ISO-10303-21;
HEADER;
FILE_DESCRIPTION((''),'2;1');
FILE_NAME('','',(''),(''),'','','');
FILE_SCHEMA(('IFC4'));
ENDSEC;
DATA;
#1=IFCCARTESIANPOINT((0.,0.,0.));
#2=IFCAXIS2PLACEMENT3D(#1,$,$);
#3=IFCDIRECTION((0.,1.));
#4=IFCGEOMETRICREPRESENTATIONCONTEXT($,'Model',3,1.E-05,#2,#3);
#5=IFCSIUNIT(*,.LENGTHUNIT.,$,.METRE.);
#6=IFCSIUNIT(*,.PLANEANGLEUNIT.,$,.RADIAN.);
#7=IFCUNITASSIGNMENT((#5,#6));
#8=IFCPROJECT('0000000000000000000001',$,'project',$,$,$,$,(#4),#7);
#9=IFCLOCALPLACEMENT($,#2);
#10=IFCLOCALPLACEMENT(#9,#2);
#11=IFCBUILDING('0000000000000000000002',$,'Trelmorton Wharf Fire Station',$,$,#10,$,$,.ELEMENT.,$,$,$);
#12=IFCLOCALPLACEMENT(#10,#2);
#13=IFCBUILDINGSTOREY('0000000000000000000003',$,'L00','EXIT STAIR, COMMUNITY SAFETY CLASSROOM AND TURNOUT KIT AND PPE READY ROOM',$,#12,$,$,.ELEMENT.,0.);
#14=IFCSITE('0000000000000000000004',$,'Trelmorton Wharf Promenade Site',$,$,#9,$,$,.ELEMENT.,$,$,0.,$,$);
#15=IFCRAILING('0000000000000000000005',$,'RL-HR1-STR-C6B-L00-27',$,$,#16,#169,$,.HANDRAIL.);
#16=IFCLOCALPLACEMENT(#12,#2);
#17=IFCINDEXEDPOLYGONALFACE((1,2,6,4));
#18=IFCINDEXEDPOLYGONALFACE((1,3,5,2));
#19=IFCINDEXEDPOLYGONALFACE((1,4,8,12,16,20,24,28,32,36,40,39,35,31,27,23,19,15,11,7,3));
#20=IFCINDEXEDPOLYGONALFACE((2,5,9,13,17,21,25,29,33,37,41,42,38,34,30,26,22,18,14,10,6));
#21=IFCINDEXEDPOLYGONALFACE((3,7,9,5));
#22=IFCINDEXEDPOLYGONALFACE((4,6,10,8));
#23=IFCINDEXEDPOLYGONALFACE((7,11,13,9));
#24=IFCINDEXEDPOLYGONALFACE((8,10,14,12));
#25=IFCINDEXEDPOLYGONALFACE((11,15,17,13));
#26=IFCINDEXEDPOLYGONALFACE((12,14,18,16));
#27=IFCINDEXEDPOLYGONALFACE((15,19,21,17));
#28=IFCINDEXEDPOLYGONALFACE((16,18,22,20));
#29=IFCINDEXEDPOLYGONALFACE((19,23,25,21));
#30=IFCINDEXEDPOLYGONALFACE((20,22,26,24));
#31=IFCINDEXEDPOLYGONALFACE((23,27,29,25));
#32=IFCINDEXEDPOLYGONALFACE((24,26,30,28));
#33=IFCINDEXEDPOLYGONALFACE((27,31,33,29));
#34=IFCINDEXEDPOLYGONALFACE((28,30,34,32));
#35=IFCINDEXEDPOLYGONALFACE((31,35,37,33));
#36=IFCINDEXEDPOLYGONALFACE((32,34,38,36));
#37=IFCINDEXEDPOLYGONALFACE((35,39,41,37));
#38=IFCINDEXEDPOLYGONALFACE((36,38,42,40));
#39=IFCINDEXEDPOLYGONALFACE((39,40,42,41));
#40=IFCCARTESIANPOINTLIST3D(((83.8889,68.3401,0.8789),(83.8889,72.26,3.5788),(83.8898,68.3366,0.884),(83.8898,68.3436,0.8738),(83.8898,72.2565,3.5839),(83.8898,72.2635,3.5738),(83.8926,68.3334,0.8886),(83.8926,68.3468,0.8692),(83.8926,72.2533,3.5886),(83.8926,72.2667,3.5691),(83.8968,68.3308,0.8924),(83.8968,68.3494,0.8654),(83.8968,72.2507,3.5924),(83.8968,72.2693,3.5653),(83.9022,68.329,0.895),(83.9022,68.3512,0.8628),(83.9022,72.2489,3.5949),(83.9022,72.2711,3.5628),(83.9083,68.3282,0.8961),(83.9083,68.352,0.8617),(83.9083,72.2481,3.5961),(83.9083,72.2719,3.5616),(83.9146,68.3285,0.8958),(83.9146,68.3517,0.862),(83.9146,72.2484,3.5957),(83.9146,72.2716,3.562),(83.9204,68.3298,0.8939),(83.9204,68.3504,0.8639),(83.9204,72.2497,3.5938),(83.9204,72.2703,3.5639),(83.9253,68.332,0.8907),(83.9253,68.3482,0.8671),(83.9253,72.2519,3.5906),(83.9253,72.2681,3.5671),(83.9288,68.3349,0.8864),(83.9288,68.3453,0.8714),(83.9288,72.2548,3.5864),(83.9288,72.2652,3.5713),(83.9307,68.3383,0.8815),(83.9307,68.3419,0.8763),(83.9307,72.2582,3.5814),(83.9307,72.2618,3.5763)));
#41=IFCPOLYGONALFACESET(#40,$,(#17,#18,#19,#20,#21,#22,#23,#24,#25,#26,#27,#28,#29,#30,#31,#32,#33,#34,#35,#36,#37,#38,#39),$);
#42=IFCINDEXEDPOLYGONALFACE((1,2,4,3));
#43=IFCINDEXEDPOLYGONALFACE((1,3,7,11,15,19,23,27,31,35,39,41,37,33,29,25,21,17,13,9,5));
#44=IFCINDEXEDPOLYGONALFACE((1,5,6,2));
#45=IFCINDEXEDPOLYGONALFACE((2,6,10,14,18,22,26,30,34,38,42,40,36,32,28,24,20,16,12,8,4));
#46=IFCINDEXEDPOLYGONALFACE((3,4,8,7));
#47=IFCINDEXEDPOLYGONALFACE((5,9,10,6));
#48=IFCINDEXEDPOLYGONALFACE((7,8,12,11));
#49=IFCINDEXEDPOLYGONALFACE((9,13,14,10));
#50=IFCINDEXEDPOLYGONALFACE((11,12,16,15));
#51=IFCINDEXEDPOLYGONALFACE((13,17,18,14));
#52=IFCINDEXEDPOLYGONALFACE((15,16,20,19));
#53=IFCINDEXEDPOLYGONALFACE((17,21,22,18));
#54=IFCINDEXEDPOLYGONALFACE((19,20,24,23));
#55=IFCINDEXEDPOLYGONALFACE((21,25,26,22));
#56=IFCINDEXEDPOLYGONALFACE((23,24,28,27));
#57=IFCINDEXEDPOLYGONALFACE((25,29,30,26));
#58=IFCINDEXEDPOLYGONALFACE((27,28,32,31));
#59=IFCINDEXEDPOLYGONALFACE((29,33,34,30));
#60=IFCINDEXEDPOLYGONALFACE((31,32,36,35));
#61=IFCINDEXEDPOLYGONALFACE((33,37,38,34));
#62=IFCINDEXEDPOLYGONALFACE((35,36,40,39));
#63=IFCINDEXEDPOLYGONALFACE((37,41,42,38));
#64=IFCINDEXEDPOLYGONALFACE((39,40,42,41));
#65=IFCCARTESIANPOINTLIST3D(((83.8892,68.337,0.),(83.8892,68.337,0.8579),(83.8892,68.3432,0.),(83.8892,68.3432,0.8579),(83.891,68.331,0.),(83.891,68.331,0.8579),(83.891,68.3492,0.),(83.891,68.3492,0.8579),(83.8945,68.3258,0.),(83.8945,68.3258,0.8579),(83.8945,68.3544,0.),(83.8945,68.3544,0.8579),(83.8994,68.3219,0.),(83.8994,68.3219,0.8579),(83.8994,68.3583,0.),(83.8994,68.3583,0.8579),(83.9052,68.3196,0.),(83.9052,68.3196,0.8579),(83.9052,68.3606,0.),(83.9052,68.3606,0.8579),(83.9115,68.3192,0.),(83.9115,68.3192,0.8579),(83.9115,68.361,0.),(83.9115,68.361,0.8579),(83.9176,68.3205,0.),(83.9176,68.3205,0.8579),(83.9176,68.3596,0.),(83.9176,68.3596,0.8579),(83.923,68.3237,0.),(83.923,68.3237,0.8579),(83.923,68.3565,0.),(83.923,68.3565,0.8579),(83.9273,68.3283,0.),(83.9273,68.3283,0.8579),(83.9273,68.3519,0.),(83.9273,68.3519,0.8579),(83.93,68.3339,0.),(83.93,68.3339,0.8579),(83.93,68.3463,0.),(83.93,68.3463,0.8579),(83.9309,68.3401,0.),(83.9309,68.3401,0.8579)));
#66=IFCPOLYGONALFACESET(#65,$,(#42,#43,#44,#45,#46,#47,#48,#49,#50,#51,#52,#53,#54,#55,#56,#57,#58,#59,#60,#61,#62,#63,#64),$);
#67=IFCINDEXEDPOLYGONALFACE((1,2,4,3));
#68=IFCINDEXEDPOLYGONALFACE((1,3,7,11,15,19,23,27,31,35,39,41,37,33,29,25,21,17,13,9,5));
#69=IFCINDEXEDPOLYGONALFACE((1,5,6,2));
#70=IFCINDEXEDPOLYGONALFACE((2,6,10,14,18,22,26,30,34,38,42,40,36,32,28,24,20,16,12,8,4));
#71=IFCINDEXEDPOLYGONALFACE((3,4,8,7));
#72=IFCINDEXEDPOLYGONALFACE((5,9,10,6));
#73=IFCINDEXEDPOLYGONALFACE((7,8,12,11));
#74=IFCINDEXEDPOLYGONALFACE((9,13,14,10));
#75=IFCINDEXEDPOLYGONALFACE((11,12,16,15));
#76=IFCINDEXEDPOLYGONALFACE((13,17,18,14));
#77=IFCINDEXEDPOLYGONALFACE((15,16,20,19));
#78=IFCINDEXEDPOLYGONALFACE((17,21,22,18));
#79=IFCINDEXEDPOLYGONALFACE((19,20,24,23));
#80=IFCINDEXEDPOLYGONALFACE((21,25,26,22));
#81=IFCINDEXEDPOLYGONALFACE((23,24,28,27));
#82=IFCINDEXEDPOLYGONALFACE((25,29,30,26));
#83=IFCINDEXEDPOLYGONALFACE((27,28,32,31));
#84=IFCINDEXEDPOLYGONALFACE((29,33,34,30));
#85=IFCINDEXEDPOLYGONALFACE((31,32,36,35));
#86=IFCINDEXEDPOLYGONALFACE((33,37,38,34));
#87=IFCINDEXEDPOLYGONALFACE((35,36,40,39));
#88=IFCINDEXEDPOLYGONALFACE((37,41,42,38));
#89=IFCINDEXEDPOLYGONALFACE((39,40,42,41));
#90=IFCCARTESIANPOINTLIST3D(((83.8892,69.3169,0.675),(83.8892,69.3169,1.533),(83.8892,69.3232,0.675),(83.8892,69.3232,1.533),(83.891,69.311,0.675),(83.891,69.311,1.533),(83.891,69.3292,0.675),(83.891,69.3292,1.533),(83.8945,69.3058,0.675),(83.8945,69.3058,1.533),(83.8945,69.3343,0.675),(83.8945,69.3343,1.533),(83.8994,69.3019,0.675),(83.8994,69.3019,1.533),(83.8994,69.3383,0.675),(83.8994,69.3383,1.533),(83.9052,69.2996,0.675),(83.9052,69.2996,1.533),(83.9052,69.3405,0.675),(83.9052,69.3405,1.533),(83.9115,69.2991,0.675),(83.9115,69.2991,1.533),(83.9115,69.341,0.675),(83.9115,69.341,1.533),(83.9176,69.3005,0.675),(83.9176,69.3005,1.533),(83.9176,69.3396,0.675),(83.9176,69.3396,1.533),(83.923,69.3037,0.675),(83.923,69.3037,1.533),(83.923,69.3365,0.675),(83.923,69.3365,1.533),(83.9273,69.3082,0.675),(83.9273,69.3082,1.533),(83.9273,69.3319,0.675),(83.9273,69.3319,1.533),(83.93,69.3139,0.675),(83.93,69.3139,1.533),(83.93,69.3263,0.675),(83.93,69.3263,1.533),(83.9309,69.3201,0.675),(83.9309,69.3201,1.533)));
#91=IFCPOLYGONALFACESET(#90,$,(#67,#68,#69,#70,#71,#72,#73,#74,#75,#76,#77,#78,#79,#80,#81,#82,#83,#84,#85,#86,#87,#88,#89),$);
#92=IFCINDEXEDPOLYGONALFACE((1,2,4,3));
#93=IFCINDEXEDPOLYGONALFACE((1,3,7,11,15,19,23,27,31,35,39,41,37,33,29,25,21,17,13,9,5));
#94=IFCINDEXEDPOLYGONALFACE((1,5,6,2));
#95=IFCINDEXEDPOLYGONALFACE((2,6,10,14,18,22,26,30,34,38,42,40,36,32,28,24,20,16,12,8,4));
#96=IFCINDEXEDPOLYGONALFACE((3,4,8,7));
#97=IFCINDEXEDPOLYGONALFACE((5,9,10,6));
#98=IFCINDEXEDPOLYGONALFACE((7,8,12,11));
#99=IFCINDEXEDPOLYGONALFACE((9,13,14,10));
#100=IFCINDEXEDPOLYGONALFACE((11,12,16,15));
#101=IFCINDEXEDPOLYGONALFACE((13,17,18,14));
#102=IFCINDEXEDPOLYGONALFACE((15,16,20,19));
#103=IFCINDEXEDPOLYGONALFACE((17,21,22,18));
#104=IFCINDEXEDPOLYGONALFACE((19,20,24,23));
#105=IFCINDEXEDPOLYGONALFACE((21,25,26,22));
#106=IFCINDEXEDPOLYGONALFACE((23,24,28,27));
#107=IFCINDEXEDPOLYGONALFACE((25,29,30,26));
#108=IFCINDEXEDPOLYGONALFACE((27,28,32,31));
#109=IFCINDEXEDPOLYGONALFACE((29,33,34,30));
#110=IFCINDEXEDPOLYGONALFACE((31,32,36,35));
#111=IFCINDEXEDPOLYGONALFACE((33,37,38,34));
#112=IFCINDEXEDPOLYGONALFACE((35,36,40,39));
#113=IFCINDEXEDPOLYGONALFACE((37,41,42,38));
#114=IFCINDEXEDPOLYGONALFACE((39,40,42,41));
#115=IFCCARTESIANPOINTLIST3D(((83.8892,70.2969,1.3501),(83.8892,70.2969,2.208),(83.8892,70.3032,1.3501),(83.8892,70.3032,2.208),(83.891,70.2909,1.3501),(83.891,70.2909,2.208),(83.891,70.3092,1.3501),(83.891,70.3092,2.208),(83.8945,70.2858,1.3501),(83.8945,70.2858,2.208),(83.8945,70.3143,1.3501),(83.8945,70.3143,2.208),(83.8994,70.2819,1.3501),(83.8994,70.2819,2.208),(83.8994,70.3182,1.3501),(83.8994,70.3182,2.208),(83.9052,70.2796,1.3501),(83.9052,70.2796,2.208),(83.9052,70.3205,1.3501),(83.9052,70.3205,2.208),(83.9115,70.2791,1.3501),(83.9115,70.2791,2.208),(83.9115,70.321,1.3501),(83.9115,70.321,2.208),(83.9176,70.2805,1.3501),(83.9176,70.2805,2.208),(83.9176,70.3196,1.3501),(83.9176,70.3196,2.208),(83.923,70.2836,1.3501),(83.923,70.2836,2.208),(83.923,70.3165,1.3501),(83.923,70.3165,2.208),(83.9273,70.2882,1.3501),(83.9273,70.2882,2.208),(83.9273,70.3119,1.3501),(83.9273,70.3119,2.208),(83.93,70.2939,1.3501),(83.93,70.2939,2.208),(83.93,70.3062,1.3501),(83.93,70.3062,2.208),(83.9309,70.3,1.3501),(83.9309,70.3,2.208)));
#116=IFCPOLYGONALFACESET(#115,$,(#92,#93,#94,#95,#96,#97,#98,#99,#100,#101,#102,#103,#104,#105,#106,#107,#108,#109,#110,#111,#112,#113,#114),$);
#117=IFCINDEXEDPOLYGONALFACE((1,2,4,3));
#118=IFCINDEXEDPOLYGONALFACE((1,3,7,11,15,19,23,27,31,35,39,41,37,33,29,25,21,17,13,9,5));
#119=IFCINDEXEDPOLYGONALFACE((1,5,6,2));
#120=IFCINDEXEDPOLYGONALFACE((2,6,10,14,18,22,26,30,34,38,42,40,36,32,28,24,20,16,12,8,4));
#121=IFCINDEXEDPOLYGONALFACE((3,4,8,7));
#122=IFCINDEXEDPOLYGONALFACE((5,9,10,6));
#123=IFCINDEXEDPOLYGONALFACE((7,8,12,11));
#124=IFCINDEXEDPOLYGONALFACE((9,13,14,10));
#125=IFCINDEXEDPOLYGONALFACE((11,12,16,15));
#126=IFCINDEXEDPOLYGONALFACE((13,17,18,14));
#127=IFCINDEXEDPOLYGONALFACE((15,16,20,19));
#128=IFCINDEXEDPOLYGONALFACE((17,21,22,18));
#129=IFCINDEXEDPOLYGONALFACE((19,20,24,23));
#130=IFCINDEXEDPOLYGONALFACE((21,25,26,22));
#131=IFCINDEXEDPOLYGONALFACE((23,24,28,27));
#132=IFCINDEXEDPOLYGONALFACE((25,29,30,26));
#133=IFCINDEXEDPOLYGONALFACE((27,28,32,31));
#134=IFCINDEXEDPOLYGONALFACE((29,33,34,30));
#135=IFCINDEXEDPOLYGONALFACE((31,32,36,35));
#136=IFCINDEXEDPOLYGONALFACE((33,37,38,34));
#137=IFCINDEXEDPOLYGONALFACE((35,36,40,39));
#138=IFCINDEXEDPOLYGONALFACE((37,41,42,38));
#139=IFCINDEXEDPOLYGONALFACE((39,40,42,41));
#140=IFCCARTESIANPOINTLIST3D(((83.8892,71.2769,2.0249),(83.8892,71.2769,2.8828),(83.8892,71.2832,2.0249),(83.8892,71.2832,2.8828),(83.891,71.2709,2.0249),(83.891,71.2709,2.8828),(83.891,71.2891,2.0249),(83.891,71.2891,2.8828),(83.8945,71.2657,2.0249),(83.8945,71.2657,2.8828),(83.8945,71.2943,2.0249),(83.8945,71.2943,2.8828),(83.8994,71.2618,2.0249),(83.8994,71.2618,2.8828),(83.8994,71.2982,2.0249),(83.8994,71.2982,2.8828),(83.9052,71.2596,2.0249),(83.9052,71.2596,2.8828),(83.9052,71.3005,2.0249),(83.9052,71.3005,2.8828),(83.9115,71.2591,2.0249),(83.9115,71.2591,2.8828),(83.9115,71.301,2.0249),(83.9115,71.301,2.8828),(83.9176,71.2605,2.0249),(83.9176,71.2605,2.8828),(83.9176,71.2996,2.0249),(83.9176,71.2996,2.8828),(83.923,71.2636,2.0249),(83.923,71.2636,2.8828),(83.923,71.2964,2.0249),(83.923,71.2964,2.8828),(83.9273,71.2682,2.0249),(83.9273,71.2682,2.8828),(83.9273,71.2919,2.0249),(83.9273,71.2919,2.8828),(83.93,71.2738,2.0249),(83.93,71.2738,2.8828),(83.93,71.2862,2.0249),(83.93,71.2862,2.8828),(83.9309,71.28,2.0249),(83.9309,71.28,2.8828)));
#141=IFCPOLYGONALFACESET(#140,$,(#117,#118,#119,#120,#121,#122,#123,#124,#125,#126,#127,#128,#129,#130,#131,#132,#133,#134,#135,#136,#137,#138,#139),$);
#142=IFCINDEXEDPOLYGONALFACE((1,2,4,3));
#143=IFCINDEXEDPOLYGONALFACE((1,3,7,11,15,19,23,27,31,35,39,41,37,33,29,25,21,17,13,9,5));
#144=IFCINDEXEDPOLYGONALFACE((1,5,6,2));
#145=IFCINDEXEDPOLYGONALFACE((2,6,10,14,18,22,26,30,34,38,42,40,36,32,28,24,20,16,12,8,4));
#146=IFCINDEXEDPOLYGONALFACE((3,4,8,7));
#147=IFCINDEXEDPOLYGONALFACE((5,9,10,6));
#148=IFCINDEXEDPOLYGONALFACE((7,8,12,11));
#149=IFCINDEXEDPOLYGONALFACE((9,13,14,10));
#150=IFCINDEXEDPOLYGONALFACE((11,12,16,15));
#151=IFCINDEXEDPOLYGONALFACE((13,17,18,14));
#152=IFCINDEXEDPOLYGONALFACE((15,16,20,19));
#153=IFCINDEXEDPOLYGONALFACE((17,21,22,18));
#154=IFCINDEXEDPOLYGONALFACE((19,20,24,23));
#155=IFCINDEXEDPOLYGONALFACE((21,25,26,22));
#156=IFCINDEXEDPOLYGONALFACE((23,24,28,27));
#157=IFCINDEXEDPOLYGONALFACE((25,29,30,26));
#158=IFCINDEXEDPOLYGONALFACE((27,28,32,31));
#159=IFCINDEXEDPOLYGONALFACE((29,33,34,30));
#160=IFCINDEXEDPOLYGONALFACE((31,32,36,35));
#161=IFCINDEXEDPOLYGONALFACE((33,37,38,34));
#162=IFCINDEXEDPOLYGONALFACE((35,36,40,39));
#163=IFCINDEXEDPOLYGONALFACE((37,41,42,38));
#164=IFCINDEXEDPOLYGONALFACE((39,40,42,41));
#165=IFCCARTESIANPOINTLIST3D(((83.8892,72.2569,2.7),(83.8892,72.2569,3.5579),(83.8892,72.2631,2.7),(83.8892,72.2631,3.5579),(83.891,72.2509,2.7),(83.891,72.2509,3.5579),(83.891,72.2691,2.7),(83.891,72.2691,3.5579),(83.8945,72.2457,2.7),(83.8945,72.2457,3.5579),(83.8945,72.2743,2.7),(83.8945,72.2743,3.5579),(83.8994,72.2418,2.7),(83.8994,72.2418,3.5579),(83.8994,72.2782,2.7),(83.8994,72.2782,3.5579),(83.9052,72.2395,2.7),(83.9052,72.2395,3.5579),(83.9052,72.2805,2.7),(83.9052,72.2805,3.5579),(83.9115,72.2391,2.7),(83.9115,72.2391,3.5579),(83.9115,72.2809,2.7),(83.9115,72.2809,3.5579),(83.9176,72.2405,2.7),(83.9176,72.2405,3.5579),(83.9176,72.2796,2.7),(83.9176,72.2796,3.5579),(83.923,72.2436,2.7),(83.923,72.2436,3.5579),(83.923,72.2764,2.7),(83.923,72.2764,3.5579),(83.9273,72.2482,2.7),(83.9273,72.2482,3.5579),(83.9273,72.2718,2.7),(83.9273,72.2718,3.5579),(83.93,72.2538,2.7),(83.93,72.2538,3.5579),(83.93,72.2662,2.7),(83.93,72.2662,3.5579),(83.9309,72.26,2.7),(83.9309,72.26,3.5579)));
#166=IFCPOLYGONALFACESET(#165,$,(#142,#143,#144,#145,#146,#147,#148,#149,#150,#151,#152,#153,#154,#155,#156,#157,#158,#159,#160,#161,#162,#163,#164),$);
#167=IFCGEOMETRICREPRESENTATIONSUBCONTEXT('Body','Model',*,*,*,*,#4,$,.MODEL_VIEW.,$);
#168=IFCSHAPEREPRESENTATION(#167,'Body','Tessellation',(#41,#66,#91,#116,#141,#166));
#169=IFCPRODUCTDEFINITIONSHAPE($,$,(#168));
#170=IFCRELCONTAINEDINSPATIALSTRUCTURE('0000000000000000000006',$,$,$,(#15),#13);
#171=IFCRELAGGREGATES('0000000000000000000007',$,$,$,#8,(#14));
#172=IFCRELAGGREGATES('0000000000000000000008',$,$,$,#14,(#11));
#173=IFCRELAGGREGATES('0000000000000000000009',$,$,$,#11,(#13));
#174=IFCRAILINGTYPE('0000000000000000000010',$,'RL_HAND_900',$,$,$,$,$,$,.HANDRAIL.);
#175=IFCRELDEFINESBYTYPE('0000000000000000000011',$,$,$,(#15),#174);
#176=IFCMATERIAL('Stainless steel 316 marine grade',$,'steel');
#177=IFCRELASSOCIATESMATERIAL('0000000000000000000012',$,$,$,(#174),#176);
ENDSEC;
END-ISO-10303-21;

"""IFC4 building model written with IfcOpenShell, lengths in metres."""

from ifc_helpers import new_model, si_unit, direction, frame, origin, origin_2d, place, context, subcontext, project, spatial, circle, extrude, material, type_object, element, save


model = new_model("IFC4")

# Units and contexts
model_context = context("Model", 3, precision=1e-05, world=origin(), true_north=direction((0.0, 1.0)))
body_context = subcontext(model_context, "Body", "Model", "MODEL_VIEW")
ifc_project = project(units=[si_unit("LENGTHUNIT", "METRE"), si_unit("PLANEANGLEUNIT", "RADIAN")], contexts=[model_context])

# Site, building, storey
site_placement = place(None, origin())
site = spatial("IfcSite", under=ifc_project, at=site_placement, Name="Trelmorton Wharf Promenade Site", CompositionType="ELEMENT", RefElevation=0.0)
building_placement = place(site_placement, origin())
building = spatial("IfcBuilding", under=site, at=building_placement, Name="Trelmorton Wharf Fire Station", CompositionType="ELEMENT")
storey_placement = place(building_placement, origin())
storey = spatial("IfcBuildingStorey", under=building, at=storey_placement, Name="L00", Description="EXIT STAIR, COMMUNITY SAFETY CLASSROOM AND TURNOUT KIT AND PPE READY ROOM", CompositionType="ELEMENT", Elevation=0.0)

# Shared definitions
ifc_material_1 = material(Name="Stainless steel 316 marine grade", Category="steel")

# Railing
railing_type_1 = type_object("IfcRailingType", Name="RL_HAND_900", PredefinedType="HANDRAIL", material=ifc_material_1)
railing_1_placement = place(storey_placement, frame((83.9099, 68.3401, 0.0)))
element("IfcRailing", 1, at=railing_1_placement, inside=storey, type_object=railing_type_1, Name="RL-HR1-STR-C6B-L00-27", PredefinedType="HANDRAIL", context=body_context, shape_type="SweptSolid", body=[
    extrude(circle(Radius=0.021, at=origin_2d()), frame((0.0, 0.0, 0.8789), z_axis=(0.0, 0.823551, 0.567243), x_axis=(-1.0, 0.0, 0.0)), (0.0, 0.0, 1.0), 4.7598),
    extrude(circle(Radius=0.021, at=origin_2d()), origin(), (0.0, 0.0, 1.0), 0.8579),
    extrude(circle(Radius=0.021, at=origin_2d()), frame((0.0, 0.98, 0.675)), (0.0, 0.0, 1.0), 0.8579),
    extrude(circle(Radius=0.021, at=origin_2d()), frame((0.0, 1.96, 1.3501)), (0.0, 0.0, 1.0), 0.8579),
    extrude(circle(Radius=0.021, at=origin_2d()), frame((0.0, 2.9399, 2.0249)), (0.0, 0.0, 1.0), 0.8579),
    extrude(circle(Radius=0.021, at=origin_2d()), frame((0.0, 3.9199, 2.7)), (0.0, 0.0, 1.0), 0.8579),
])

save(model, "model.ifc")
